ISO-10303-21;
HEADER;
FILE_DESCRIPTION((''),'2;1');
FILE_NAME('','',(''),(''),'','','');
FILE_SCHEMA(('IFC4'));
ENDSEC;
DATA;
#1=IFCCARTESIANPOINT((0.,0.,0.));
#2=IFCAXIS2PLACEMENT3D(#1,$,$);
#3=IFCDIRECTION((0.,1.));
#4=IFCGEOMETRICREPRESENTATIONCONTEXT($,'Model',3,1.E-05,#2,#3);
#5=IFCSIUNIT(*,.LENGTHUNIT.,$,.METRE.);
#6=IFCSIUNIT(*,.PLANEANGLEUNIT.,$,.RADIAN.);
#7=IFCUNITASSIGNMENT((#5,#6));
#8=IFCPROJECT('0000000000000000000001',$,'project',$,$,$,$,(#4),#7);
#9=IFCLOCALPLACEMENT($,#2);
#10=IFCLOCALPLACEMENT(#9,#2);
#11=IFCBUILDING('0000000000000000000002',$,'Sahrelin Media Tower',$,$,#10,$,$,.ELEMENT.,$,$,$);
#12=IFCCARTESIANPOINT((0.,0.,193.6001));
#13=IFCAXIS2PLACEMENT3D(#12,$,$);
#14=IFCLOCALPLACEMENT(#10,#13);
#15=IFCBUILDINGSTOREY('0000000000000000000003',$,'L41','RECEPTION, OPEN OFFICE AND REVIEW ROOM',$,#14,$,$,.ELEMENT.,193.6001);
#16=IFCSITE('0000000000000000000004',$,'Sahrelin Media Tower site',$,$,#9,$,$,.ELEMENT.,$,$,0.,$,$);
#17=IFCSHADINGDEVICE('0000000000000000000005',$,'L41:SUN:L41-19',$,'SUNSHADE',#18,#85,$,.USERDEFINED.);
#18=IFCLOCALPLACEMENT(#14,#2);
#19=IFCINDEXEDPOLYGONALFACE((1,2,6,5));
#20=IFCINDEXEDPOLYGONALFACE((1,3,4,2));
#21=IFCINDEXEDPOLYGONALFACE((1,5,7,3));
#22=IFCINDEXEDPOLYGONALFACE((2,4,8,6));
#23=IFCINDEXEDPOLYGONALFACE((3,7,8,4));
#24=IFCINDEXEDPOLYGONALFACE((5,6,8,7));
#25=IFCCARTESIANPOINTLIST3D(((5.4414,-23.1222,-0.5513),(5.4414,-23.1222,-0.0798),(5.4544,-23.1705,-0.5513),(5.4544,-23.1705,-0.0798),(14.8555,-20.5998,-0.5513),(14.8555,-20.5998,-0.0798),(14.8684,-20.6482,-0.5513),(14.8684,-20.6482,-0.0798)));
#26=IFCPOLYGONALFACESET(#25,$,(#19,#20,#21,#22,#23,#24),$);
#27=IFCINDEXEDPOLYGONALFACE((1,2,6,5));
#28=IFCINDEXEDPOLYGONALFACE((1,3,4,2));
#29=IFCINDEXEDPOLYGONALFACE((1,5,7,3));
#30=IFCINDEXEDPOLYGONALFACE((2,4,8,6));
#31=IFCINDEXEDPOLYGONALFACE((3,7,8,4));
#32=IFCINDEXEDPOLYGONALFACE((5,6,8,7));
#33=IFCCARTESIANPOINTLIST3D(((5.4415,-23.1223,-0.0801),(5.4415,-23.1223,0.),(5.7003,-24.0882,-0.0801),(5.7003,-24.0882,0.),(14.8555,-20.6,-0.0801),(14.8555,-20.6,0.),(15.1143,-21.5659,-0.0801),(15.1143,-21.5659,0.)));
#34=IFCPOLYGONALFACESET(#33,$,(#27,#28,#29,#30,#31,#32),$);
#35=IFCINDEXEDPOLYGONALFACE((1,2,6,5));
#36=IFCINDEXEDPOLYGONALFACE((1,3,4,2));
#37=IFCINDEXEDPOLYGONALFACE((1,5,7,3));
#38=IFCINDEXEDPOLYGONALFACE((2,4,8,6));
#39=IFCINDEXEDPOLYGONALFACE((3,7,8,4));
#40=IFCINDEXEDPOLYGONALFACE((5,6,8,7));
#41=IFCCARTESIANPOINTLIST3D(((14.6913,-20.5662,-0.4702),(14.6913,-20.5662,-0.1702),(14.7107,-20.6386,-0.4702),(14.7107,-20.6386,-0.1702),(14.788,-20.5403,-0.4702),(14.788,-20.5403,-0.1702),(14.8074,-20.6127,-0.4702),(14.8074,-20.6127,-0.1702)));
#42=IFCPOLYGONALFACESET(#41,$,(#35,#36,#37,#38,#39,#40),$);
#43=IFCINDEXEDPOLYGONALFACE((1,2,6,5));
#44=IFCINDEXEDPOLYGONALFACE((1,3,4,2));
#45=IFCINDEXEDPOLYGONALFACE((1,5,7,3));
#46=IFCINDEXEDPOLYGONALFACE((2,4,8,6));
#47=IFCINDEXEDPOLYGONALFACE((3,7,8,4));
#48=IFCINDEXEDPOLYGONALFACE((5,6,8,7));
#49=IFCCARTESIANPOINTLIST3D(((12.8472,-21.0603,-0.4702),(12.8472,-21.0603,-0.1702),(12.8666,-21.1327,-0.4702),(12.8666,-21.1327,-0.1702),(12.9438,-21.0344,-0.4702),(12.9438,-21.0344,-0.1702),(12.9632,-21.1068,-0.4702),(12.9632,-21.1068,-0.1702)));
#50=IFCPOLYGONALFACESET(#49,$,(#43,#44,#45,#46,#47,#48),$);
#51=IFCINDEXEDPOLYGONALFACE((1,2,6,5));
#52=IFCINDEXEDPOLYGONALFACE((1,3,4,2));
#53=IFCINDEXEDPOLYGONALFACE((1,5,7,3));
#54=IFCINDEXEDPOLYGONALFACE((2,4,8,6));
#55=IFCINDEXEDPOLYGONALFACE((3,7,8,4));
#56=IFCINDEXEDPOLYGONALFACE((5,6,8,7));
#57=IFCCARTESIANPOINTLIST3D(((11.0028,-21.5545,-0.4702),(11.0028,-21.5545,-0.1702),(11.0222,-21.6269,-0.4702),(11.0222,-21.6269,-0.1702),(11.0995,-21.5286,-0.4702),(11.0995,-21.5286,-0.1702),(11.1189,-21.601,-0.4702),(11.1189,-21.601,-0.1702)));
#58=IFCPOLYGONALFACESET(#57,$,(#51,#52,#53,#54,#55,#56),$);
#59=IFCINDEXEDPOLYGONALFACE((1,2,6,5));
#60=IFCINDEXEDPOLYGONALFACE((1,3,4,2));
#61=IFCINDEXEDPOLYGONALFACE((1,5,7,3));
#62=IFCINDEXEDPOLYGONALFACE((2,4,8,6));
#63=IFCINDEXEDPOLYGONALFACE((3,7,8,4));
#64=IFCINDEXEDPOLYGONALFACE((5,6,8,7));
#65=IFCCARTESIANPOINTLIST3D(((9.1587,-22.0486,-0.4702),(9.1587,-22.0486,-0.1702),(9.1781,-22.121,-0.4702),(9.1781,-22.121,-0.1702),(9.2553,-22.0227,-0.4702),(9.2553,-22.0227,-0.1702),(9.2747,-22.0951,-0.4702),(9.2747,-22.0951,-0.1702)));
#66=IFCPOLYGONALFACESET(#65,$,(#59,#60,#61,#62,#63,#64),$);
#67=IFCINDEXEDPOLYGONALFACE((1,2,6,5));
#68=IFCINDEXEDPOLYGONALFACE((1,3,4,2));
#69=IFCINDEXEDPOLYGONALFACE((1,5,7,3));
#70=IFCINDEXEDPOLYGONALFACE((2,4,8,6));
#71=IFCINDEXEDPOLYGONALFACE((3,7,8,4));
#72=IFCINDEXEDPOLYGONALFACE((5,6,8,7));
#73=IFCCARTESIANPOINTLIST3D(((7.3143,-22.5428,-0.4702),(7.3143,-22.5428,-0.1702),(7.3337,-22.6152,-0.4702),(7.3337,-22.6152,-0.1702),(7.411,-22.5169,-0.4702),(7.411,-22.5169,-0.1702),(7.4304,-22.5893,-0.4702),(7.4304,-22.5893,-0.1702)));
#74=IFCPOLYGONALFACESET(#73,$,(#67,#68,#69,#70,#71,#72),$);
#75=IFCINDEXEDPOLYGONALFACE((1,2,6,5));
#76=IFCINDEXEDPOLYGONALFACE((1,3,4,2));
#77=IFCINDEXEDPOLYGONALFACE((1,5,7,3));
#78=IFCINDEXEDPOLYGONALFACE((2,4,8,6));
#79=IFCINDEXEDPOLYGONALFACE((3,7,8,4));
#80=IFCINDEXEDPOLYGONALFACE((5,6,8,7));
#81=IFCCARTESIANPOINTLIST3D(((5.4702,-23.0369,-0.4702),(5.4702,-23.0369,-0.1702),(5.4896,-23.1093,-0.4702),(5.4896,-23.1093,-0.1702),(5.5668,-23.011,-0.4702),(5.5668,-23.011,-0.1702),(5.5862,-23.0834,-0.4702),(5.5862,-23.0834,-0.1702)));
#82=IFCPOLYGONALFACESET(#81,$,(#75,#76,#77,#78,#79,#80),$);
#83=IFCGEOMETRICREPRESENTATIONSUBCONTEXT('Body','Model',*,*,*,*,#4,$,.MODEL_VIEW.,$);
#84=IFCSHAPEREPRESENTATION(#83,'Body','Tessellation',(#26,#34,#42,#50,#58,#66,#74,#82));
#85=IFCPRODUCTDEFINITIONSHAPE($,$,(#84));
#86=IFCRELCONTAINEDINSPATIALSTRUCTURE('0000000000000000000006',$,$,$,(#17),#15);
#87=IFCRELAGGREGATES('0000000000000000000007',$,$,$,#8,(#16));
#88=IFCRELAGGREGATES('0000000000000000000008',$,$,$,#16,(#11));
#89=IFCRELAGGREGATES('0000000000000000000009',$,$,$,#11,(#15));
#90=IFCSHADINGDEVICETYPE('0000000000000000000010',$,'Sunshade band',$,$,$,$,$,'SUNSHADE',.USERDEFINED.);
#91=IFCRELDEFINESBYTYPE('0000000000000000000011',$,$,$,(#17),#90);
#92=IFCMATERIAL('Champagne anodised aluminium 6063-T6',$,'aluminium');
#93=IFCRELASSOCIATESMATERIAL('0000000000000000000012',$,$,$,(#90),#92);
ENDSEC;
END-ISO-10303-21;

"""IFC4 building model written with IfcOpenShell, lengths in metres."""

from ifc_helpers import new_model, si_unit, direction, frame, origin, origin_2d, place, context, subcontext, project, spatial, rectangle, extrude, material, type_object, element, save


model = new_model("IFC4")

# Units and contexts
model_context = context("Model", 3, precision=1e-05, world=origin(), true_north=direction((0.0, 1.0)))
body_context = subcontext(model_context, "Body", "Model", "MODEL_VIEW")
ifc_project = project(units=[si_unit("LENGTHUNIT", "METRE"), si_unit("PLANEANGLEUNIT", "RADIAN")], contexts=[model_context])

# Site, building, storey
site_placement = place(None, origin())
site = spatial("IfcSite", under=ifc_project, at=site_placement, Name="Sahrelin Media Tower site", CompositionType="ELEMENT", RefElevation=0.0)
building_placement = place(site_placement, origin())
building = spatial("IfcBuilding", under=site, at=building_placement, Name="Sahrelin Media Tower", CompositionType="ELEMENT")
storey_placement = place(building_placement, frame((0.0, 0.0, 193.6001)))
storey = spatial("IfcBuildingStorey", under=building, at=storey_placement, Name="L41", Description="RECEPTION, OPEN OFFICE AND REVIEW ROOM", CompositionType="ELEMENT", Elevation=193.6001)

# Shared definitions
ifc_material_1 = material(Name="Champagne anodised aluminium 6063-T6", Category="aluminium")

# Shading device
placement_1 = place(storey_placement, frame((10.1433, -21.8418, 0.0), z_axis=(0.0, 0.0, 1.0), x_axis=(-0.965929, -0.258808, 0.0)))
shading_device_type_1 = type_object("IfcShadingDeviceType", Name="Sunshade band", ElementType="SUNSHADE", PredefinedType="USERDEFINED", material=ifc_material_1)
element("IfcShadingDevice", 1, at=placement_1, inside=storey, type_object=shading_device_type_1, Name="L41:SUN:L41-19", ObjectType="SUNSHADE", PredefinedType="USERDEFINED", context=body_context, shape_type="SweptSolid", body=[
    extrude(rectangle(XDim=9.7461, YDim=0.05, at=origin_2d()), frame((0.0, 0.0449, -0.5513)), (0.0, 0.0, 1.0), 0.4714),
    extrude(rectangle(XDim=9.7461, YDim=1.0, at=origin_2d()), frame((0.0, 0.52, -0.0801)), (0.0, 0.0, 1.0), 0.0801),
    extrude(rectangle(XDim=0.1001, YDim=0.075, at=origin_2d()), frame((-4.7732, -0.0176, -0.4702)), (0.0, 0.0, 1.0), 0.3),
    extrude(rectangle(XDim=0.1001, YDim=0.075, at=origin_2d()), frame((-2.864, -0.0176, -0.4702)), (0.0, 0.0, 1.0), 0.3),
    extrude(rectangle(XDim=0.1001, YDim=0.075, at=origin_2d()), frame((-0.9546, -0.0176, -0.4702)), (0.0, 0.0, 1.0), 0.3),
    extrude(rectangle(XDim=0.1001, YDim=0.075, at=origin_2d()), frame((0.9546, -0.0176, -0.4702)), (0.0, 0.0, 1.0), 0.3),
    extrude(rectangle(XDim=0.1001, YDim=0.075, at=origin_2d()), frame((2.864, -0.0176, -0.4702)), (0.0, 0.0, 1.0), 0.3),
    extrude(rectangle(XDim=0.1001, YDim=0.075, at=origin_2d()), frame((4.7732, -0.0176, -0.4702)), (0.0, 0.0, 1.0), 0.3),
])

save(model, "model.ifc")
